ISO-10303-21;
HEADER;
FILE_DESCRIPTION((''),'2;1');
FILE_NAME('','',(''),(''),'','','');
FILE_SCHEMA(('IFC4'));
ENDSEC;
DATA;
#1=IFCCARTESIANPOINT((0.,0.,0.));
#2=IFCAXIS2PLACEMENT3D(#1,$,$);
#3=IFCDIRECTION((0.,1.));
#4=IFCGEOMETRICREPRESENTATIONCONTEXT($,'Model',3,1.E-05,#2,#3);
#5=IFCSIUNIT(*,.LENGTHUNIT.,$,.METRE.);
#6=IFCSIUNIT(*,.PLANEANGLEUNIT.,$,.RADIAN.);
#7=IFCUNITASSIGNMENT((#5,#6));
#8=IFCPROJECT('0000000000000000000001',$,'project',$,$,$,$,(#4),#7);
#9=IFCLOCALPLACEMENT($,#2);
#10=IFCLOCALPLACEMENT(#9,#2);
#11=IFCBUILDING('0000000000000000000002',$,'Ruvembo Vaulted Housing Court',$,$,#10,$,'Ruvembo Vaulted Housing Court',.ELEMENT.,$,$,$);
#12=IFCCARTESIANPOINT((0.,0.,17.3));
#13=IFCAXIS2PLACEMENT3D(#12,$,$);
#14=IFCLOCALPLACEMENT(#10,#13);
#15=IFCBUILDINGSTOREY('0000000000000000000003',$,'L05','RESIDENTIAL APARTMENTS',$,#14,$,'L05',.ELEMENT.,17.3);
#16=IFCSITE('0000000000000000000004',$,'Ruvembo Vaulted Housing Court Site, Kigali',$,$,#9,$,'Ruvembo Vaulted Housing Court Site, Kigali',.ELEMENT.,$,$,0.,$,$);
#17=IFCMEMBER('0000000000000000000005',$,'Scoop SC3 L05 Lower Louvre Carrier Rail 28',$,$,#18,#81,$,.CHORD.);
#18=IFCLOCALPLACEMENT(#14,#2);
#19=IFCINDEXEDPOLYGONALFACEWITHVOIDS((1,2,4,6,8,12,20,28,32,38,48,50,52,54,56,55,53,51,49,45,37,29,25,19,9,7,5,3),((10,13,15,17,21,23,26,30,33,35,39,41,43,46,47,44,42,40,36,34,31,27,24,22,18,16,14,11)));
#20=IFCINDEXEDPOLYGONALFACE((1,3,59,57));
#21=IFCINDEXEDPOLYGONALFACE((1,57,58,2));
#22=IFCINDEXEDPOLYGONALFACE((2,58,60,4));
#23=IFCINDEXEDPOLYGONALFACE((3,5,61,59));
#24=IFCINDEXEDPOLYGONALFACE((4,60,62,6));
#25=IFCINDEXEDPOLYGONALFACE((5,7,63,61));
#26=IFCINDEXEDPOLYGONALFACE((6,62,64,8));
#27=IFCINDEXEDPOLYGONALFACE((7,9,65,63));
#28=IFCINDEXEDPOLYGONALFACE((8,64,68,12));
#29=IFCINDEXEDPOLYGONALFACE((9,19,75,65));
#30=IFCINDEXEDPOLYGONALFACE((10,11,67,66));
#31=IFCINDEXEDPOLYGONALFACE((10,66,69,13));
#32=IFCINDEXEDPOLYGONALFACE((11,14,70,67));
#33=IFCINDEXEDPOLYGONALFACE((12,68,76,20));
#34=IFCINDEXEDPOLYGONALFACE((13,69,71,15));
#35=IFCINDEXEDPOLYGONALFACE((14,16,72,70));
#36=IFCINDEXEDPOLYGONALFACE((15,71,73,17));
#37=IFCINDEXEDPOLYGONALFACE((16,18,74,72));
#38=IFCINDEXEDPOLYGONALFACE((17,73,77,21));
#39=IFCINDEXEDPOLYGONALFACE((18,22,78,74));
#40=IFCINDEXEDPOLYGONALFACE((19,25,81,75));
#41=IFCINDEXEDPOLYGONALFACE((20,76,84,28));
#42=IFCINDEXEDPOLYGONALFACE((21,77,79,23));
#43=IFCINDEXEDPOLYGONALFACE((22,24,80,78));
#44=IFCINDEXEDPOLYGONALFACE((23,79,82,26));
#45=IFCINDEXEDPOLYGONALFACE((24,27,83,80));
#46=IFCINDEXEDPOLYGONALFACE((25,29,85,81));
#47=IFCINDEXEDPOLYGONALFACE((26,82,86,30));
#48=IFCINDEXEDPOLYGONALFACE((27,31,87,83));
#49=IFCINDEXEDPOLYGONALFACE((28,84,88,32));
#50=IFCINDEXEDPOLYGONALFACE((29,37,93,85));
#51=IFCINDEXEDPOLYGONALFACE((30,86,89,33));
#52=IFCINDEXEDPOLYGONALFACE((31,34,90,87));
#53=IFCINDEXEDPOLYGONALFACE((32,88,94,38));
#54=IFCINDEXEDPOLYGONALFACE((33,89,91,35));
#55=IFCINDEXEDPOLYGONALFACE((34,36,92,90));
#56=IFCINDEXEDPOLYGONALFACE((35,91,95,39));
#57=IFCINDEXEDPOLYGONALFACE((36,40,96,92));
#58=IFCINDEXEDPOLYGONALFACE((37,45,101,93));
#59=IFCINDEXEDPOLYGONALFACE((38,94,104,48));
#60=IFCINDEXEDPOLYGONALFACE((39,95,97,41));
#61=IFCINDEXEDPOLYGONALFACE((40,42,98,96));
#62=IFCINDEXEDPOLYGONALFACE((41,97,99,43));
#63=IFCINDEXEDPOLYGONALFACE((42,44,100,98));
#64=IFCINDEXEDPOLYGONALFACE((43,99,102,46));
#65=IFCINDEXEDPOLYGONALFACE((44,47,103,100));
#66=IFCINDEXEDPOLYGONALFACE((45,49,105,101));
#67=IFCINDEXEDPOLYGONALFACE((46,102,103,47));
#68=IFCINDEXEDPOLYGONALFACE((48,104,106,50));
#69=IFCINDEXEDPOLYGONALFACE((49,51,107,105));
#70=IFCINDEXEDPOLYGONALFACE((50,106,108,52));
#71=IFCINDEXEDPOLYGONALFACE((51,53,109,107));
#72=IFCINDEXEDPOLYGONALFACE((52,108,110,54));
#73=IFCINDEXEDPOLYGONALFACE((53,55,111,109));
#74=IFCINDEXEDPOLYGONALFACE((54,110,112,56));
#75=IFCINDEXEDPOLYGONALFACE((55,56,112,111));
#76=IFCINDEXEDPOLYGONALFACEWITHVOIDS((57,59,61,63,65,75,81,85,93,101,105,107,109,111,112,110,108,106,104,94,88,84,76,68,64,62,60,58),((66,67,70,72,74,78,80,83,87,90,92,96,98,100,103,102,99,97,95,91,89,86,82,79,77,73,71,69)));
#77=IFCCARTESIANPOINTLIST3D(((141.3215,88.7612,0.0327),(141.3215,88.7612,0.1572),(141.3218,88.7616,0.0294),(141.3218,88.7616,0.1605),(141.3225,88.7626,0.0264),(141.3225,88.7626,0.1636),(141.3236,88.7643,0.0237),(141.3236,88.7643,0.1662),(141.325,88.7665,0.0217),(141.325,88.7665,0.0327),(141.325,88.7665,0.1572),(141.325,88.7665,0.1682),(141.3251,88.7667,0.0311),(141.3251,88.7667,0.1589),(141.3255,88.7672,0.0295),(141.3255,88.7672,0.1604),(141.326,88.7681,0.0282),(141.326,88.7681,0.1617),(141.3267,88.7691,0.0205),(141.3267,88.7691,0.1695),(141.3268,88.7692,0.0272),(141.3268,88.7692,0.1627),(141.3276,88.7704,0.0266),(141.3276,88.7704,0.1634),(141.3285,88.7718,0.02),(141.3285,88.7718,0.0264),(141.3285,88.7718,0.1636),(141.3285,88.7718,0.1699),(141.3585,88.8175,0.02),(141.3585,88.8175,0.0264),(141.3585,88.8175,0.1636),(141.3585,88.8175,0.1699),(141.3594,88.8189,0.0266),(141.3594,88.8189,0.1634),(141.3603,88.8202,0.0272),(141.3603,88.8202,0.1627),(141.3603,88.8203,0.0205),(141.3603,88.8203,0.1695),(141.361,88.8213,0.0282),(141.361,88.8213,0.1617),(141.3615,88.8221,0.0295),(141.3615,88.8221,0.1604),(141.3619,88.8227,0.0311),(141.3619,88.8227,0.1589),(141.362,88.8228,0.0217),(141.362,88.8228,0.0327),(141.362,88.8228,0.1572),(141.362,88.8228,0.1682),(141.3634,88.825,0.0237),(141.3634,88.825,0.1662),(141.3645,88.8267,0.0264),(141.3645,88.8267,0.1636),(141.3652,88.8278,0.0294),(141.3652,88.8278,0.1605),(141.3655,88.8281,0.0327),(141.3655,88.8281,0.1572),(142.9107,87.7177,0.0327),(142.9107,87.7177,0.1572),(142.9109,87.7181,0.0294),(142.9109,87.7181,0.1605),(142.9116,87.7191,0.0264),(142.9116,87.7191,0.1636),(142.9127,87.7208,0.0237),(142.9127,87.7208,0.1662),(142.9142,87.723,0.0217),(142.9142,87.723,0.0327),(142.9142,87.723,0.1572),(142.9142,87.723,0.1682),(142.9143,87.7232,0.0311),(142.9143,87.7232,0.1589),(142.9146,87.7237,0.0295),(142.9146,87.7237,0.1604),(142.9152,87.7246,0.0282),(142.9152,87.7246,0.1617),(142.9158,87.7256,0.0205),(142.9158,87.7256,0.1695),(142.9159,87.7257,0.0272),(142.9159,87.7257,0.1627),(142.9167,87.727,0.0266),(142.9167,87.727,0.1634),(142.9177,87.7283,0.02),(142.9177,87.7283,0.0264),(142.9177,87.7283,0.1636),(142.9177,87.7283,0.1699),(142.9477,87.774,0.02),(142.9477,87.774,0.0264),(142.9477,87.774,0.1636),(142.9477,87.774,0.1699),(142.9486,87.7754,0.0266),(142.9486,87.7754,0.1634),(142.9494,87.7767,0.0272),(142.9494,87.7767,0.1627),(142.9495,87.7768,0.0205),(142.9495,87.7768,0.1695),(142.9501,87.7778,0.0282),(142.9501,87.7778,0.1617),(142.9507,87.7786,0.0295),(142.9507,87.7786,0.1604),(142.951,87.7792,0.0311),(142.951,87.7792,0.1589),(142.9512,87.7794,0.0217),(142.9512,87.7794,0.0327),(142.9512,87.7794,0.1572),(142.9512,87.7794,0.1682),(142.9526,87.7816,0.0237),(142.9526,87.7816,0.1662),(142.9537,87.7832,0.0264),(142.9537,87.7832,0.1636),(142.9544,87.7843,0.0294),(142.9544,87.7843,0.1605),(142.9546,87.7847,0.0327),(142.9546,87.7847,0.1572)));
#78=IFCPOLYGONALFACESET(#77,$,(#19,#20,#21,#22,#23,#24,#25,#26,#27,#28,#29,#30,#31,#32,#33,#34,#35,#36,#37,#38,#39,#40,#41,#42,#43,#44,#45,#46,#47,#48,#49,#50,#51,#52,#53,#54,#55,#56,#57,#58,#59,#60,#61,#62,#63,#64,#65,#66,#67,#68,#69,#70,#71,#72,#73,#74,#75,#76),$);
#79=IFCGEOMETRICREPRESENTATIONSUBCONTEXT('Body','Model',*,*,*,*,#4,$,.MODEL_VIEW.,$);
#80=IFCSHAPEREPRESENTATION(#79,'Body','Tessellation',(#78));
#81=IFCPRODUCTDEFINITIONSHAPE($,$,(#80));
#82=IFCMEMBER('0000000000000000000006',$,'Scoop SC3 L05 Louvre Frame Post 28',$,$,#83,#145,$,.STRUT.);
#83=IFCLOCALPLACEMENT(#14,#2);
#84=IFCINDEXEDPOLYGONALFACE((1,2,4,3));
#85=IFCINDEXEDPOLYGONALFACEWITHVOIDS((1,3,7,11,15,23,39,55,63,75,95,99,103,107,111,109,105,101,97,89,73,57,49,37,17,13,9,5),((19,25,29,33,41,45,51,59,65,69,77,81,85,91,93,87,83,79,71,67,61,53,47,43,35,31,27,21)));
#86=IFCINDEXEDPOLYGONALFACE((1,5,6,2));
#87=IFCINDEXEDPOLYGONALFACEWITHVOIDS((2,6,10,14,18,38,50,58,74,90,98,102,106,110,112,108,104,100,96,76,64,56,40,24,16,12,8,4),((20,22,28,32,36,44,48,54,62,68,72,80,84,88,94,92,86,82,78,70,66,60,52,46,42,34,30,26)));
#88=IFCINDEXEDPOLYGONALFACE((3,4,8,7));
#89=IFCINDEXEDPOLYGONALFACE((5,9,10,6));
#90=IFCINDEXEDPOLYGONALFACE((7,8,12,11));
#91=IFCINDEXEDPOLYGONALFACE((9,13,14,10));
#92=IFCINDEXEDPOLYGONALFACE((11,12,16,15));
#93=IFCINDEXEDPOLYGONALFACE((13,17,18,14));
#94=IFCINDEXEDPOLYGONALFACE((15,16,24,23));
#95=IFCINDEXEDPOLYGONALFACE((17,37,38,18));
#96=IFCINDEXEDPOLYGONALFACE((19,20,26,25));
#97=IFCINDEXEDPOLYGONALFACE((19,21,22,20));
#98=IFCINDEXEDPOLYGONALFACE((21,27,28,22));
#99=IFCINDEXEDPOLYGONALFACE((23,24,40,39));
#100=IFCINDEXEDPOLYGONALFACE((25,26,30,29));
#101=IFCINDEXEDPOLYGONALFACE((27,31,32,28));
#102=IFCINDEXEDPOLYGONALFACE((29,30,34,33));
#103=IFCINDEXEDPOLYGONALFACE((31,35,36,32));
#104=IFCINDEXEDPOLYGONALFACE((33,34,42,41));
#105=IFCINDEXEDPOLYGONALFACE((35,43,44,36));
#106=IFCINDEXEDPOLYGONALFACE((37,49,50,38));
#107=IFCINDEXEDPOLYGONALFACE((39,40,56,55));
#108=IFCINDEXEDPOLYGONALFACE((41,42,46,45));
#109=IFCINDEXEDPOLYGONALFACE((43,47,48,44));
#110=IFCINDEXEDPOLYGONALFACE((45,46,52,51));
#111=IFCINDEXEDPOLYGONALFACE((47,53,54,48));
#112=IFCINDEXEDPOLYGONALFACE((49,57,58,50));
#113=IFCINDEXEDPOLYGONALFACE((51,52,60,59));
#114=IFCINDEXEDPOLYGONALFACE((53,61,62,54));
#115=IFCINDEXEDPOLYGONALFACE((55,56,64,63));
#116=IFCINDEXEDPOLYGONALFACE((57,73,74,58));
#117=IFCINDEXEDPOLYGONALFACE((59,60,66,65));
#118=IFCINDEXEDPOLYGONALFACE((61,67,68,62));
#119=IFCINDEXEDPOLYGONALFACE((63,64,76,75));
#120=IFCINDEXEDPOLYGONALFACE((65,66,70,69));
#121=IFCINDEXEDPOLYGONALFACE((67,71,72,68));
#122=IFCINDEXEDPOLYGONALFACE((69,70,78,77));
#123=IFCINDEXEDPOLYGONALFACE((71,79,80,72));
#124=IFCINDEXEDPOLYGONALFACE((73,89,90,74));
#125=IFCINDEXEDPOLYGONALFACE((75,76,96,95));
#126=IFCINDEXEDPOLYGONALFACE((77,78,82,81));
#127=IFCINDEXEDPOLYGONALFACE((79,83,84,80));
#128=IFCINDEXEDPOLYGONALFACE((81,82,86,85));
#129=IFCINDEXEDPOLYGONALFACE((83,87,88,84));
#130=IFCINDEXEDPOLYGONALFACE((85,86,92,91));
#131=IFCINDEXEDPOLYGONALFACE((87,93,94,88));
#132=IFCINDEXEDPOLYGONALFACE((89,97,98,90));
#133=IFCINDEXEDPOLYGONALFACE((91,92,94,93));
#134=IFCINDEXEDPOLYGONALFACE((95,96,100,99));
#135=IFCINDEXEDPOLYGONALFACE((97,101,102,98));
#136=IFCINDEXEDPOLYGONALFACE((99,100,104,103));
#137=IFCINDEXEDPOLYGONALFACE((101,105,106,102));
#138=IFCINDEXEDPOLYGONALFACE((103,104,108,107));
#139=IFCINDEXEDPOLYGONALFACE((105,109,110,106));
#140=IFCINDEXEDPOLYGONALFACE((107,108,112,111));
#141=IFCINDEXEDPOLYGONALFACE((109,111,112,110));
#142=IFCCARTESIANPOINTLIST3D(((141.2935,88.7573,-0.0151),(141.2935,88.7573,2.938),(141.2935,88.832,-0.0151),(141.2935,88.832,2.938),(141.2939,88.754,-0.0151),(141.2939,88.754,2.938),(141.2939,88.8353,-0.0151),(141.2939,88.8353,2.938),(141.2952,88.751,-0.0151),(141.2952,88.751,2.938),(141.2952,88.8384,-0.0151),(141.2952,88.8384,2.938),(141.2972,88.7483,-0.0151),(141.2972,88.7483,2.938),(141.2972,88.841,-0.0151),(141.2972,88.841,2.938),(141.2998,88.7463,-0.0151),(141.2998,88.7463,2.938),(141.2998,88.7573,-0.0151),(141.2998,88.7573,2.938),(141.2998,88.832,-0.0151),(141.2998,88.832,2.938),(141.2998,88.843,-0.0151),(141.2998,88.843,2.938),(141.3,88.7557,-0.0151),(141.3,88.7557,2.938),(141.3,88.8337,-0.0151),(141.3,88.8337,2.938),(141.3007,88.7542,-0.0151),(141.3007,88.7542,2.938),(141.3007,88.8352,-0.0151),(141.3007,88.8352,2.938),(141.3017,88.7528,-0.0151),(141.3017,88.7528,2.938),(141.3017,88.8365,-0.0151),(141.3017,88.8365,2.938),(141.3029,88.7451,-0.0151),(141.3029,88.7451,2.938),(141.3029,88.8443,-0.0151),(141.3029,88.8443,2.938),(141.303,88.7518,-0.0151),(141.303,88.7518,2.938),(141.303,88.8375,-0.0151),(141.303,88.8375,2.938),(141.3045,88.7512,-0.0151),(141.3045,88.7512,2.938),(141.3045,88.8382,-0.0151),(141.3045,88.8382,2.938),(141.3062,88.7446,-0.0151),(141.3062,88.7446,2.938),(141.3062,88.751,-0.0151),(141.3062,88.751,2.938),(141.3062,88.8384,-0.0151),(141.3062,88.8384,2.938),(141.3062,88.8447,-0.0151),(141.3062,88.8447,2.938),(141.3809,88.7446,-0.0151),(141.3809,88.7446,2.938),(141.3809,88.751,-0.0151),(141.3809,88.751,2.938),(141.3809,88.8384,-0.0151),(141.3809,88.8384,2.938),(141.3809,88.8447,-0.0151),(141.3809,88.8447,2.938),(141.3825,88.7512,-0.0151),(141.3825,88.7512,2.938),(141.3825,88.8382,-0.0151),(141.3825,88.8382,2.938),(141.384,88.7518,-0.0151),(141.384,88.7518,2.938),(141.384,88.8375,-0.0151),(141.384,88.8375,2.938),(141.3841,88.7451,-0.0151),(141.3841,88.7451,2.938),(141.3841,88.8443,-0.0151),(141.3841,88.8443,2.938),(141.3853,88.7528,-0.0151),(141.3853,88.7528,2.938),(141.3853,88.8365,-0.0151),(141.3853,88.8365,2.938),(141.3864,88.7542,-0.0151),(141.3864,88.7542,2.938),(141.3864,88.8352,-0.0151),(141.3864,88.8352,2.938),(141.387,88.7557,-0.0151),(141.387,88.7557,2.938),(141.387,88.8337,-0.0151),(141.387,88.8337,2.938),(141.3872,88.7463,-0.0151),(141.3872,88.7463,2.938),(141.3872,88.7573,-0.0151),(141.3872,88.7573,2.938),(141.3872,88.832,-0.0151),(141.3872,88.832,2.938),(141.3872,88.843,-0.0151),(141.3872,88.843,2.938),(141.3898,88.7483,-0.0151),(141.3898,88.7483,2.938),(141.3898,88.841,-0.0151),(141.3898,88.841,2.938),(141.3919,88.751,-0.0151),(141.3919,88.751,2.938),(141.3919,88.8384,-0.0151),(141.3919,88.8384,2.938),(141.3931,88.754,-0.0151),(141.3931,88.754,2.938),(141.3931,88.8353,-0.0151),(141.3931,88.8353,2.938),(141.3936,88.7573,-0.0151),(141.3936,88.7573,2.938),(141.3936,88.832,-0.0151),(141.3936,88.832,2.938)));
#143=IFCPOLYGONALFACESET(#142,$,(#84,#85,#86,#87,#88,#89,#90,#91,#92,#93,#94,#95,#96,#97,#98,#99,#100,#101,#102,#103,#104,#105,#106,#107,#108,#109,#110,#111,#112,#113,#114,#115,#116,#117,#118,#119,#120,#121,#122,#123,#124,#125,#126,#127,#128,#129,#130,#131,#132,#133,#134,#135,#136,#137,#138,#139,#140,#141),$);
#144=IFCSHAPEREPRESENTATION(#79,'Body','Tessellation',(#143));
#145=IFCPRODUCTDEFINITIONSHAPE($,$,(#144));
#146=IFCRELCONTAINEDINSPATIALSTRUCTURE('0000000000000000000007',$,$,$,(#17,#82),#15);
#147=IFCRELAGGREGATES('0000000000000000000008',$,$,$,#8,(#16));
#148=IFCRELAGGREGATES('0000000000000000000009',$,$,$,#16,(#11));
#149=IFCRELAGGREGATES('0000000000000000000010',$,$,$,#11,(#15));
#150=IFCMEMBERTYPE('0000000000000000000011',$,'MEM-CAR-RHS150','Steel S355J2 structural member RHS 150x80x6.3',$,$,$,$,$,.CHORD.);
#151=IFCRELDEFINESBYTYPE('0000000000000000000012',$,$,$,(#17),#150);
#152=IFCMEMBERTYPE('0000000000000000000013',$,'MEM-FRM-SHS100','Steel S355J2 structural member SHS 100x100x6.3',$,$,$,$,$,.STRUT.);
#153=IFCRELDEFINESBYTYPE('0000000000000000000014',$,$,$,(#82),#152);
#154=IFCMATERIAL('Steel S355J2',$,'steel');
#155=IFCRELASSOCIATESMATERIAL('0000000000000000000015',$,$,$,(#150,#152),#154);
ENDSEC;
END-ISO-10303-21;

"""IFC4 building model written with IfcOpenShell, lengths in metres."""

from ifc_helpers import new_model, si_unit, direction, frame, origin, origin_2d, place, context, subcontext, project, spatial, hollow_rectangle, extrude, material, material_profile, profile_set, type_object, element, save


model = new_model("IFC4")

# Units and contexts
model_context = context("Model", 3, precision=1e-05, world=origin(), true_north=direction((0.0, 1.0)))
body_context = subcontext(model_context, "Body", "Model", "MODEL_VIEW")
ifc_project = project(units=[si_unit("LENGTHUNIT", "METRE"), si_unit("PLANEANGLEUNIT", "RADIAN")], contexts=[model_context])

# Site, building, storey
site_placement = place(None, origin())
site = spatial("IfcSite", under=ifc_project, at=site_placement, Name="Ruvembo Vaulted Housing Court Site, Kigali", LongName="Ruvembo Vaulted Housing Court Site, Kigali", CompositionType="ELEMENT", RefElevation=0.0)
building_placement = place(site_placement, origin())
building = spatial("IfcBuilding", under=site, at=building_placement, Name="Ruvembo Vaulted Housing Court", LongName="Ruvembo Vaulted Housing Court", CompositionType="ELEMENT")
storey_placement = place(building_placement, frame((0.0, 0.0, 17.3)))
storey = spatial("IfcBuildingStorey", under=building, at=storey_placement, Name="L05", Description="RESIDENTIAL APARTMENTS", LongName="L05", CompositionType="ELEMENT", Elevation=17.3)

# Shared definitions
ifc_material_1 = material(Name="Steel S355J2", Category="steel")

# Members
ifc_material_profile_1 = material_profile(ifc_material_1, hollow_rectangle(XDim=0.0801, YDim=0.1499, WallThickness=0.0063, InnerFilletRadius=0.0063, OuterFilletRadius=0.0127, at=origin_2d()), Name="RHS 150x80x6.3")
ifc_profile_set_1 = profile_set([ifc_material_profile_1], Name="Steel S355J2")
member_type_1 = type_object("IfcMemberType", Name="MEM-CAR-RHS150", Description="Steel S355J2 structural member RHS 150x80x6.3", PredefinedType="CHORD", material=ifc_profile_set_1)
member_1_placement = place(storey_placement, frame((141.3435, 88.7947, 0.095), z_axis=(0.835902, -0.548878, 0.0), x_axis=(0.548878, 0.835902, 0.0)))
element("IfcMember", 1, at=member_1_placement, inside=storey, type_object=member_type_1, Name="Scoop SC3 L05 Lower Louvre Carrier Rail 28", PredefinedType="CHORD", context=body_context, shape_type="SweptSolid", body=[
    extrude(hollow_rectangle(XDim=0.0801, YDim=0.1499, WallThickness=0.0063, InnerFilletRadius=0.0063, OuterFilletRadius=0.0127, at=origin_2d()), origin(), (0.0, 0.0, 1.0), 1.9011),
])
ifc_material_profile_2 = material_profile(ifc_material_1, hollow_rectangle(XDim=0.1001, YDim=0.1001, WallThickness=0.0063, InnerFilletRadius=0.0063, OuterFilletRadius=0.0127, at=origin_2d()), Name="SHS 100x100x6.3")
ifc_profile_set_2 = profile_set([ifc_material_profile_2], Name="Steel S355J2")
member_type_2 = type_object("IfcMemberType", Name="MEM-FRM-SHS100", Description="Steel S355J2 structural member SHS 100x100x6.3", PredefinedType="STRUT", material=ifc_profile_set_2)
for number, where, z_axis, x_axis, name in (
    (2, (141.3435, 88.7947, -0.0151), (0.0, 0.0, 1.0), (1.0, 0.0, 0.0), "Scoop SC3 L05 Louvre Frame Post 28"),
):
    element("IfcMember", number, at=place(storey_placement, frame(where, z_axis=z_axis, x_axis=x_axis)), inside=storey, type_object=member_type_2, Name=name, PredefinedType="STRUT", context=body_context, shape_type="SweptSolid", body=[
        extrude(hollow_rectangle(XDim=0.1001, YDim=0.1001, WallThickness=0.0063, InnerFilletRadius=0.0063, OuterFilletRadius=0.0127, at=origin_2d()), origin(), (0.0, 0.0, 1.0), 2.9531),
    ])

save(model, "model.ifc")
